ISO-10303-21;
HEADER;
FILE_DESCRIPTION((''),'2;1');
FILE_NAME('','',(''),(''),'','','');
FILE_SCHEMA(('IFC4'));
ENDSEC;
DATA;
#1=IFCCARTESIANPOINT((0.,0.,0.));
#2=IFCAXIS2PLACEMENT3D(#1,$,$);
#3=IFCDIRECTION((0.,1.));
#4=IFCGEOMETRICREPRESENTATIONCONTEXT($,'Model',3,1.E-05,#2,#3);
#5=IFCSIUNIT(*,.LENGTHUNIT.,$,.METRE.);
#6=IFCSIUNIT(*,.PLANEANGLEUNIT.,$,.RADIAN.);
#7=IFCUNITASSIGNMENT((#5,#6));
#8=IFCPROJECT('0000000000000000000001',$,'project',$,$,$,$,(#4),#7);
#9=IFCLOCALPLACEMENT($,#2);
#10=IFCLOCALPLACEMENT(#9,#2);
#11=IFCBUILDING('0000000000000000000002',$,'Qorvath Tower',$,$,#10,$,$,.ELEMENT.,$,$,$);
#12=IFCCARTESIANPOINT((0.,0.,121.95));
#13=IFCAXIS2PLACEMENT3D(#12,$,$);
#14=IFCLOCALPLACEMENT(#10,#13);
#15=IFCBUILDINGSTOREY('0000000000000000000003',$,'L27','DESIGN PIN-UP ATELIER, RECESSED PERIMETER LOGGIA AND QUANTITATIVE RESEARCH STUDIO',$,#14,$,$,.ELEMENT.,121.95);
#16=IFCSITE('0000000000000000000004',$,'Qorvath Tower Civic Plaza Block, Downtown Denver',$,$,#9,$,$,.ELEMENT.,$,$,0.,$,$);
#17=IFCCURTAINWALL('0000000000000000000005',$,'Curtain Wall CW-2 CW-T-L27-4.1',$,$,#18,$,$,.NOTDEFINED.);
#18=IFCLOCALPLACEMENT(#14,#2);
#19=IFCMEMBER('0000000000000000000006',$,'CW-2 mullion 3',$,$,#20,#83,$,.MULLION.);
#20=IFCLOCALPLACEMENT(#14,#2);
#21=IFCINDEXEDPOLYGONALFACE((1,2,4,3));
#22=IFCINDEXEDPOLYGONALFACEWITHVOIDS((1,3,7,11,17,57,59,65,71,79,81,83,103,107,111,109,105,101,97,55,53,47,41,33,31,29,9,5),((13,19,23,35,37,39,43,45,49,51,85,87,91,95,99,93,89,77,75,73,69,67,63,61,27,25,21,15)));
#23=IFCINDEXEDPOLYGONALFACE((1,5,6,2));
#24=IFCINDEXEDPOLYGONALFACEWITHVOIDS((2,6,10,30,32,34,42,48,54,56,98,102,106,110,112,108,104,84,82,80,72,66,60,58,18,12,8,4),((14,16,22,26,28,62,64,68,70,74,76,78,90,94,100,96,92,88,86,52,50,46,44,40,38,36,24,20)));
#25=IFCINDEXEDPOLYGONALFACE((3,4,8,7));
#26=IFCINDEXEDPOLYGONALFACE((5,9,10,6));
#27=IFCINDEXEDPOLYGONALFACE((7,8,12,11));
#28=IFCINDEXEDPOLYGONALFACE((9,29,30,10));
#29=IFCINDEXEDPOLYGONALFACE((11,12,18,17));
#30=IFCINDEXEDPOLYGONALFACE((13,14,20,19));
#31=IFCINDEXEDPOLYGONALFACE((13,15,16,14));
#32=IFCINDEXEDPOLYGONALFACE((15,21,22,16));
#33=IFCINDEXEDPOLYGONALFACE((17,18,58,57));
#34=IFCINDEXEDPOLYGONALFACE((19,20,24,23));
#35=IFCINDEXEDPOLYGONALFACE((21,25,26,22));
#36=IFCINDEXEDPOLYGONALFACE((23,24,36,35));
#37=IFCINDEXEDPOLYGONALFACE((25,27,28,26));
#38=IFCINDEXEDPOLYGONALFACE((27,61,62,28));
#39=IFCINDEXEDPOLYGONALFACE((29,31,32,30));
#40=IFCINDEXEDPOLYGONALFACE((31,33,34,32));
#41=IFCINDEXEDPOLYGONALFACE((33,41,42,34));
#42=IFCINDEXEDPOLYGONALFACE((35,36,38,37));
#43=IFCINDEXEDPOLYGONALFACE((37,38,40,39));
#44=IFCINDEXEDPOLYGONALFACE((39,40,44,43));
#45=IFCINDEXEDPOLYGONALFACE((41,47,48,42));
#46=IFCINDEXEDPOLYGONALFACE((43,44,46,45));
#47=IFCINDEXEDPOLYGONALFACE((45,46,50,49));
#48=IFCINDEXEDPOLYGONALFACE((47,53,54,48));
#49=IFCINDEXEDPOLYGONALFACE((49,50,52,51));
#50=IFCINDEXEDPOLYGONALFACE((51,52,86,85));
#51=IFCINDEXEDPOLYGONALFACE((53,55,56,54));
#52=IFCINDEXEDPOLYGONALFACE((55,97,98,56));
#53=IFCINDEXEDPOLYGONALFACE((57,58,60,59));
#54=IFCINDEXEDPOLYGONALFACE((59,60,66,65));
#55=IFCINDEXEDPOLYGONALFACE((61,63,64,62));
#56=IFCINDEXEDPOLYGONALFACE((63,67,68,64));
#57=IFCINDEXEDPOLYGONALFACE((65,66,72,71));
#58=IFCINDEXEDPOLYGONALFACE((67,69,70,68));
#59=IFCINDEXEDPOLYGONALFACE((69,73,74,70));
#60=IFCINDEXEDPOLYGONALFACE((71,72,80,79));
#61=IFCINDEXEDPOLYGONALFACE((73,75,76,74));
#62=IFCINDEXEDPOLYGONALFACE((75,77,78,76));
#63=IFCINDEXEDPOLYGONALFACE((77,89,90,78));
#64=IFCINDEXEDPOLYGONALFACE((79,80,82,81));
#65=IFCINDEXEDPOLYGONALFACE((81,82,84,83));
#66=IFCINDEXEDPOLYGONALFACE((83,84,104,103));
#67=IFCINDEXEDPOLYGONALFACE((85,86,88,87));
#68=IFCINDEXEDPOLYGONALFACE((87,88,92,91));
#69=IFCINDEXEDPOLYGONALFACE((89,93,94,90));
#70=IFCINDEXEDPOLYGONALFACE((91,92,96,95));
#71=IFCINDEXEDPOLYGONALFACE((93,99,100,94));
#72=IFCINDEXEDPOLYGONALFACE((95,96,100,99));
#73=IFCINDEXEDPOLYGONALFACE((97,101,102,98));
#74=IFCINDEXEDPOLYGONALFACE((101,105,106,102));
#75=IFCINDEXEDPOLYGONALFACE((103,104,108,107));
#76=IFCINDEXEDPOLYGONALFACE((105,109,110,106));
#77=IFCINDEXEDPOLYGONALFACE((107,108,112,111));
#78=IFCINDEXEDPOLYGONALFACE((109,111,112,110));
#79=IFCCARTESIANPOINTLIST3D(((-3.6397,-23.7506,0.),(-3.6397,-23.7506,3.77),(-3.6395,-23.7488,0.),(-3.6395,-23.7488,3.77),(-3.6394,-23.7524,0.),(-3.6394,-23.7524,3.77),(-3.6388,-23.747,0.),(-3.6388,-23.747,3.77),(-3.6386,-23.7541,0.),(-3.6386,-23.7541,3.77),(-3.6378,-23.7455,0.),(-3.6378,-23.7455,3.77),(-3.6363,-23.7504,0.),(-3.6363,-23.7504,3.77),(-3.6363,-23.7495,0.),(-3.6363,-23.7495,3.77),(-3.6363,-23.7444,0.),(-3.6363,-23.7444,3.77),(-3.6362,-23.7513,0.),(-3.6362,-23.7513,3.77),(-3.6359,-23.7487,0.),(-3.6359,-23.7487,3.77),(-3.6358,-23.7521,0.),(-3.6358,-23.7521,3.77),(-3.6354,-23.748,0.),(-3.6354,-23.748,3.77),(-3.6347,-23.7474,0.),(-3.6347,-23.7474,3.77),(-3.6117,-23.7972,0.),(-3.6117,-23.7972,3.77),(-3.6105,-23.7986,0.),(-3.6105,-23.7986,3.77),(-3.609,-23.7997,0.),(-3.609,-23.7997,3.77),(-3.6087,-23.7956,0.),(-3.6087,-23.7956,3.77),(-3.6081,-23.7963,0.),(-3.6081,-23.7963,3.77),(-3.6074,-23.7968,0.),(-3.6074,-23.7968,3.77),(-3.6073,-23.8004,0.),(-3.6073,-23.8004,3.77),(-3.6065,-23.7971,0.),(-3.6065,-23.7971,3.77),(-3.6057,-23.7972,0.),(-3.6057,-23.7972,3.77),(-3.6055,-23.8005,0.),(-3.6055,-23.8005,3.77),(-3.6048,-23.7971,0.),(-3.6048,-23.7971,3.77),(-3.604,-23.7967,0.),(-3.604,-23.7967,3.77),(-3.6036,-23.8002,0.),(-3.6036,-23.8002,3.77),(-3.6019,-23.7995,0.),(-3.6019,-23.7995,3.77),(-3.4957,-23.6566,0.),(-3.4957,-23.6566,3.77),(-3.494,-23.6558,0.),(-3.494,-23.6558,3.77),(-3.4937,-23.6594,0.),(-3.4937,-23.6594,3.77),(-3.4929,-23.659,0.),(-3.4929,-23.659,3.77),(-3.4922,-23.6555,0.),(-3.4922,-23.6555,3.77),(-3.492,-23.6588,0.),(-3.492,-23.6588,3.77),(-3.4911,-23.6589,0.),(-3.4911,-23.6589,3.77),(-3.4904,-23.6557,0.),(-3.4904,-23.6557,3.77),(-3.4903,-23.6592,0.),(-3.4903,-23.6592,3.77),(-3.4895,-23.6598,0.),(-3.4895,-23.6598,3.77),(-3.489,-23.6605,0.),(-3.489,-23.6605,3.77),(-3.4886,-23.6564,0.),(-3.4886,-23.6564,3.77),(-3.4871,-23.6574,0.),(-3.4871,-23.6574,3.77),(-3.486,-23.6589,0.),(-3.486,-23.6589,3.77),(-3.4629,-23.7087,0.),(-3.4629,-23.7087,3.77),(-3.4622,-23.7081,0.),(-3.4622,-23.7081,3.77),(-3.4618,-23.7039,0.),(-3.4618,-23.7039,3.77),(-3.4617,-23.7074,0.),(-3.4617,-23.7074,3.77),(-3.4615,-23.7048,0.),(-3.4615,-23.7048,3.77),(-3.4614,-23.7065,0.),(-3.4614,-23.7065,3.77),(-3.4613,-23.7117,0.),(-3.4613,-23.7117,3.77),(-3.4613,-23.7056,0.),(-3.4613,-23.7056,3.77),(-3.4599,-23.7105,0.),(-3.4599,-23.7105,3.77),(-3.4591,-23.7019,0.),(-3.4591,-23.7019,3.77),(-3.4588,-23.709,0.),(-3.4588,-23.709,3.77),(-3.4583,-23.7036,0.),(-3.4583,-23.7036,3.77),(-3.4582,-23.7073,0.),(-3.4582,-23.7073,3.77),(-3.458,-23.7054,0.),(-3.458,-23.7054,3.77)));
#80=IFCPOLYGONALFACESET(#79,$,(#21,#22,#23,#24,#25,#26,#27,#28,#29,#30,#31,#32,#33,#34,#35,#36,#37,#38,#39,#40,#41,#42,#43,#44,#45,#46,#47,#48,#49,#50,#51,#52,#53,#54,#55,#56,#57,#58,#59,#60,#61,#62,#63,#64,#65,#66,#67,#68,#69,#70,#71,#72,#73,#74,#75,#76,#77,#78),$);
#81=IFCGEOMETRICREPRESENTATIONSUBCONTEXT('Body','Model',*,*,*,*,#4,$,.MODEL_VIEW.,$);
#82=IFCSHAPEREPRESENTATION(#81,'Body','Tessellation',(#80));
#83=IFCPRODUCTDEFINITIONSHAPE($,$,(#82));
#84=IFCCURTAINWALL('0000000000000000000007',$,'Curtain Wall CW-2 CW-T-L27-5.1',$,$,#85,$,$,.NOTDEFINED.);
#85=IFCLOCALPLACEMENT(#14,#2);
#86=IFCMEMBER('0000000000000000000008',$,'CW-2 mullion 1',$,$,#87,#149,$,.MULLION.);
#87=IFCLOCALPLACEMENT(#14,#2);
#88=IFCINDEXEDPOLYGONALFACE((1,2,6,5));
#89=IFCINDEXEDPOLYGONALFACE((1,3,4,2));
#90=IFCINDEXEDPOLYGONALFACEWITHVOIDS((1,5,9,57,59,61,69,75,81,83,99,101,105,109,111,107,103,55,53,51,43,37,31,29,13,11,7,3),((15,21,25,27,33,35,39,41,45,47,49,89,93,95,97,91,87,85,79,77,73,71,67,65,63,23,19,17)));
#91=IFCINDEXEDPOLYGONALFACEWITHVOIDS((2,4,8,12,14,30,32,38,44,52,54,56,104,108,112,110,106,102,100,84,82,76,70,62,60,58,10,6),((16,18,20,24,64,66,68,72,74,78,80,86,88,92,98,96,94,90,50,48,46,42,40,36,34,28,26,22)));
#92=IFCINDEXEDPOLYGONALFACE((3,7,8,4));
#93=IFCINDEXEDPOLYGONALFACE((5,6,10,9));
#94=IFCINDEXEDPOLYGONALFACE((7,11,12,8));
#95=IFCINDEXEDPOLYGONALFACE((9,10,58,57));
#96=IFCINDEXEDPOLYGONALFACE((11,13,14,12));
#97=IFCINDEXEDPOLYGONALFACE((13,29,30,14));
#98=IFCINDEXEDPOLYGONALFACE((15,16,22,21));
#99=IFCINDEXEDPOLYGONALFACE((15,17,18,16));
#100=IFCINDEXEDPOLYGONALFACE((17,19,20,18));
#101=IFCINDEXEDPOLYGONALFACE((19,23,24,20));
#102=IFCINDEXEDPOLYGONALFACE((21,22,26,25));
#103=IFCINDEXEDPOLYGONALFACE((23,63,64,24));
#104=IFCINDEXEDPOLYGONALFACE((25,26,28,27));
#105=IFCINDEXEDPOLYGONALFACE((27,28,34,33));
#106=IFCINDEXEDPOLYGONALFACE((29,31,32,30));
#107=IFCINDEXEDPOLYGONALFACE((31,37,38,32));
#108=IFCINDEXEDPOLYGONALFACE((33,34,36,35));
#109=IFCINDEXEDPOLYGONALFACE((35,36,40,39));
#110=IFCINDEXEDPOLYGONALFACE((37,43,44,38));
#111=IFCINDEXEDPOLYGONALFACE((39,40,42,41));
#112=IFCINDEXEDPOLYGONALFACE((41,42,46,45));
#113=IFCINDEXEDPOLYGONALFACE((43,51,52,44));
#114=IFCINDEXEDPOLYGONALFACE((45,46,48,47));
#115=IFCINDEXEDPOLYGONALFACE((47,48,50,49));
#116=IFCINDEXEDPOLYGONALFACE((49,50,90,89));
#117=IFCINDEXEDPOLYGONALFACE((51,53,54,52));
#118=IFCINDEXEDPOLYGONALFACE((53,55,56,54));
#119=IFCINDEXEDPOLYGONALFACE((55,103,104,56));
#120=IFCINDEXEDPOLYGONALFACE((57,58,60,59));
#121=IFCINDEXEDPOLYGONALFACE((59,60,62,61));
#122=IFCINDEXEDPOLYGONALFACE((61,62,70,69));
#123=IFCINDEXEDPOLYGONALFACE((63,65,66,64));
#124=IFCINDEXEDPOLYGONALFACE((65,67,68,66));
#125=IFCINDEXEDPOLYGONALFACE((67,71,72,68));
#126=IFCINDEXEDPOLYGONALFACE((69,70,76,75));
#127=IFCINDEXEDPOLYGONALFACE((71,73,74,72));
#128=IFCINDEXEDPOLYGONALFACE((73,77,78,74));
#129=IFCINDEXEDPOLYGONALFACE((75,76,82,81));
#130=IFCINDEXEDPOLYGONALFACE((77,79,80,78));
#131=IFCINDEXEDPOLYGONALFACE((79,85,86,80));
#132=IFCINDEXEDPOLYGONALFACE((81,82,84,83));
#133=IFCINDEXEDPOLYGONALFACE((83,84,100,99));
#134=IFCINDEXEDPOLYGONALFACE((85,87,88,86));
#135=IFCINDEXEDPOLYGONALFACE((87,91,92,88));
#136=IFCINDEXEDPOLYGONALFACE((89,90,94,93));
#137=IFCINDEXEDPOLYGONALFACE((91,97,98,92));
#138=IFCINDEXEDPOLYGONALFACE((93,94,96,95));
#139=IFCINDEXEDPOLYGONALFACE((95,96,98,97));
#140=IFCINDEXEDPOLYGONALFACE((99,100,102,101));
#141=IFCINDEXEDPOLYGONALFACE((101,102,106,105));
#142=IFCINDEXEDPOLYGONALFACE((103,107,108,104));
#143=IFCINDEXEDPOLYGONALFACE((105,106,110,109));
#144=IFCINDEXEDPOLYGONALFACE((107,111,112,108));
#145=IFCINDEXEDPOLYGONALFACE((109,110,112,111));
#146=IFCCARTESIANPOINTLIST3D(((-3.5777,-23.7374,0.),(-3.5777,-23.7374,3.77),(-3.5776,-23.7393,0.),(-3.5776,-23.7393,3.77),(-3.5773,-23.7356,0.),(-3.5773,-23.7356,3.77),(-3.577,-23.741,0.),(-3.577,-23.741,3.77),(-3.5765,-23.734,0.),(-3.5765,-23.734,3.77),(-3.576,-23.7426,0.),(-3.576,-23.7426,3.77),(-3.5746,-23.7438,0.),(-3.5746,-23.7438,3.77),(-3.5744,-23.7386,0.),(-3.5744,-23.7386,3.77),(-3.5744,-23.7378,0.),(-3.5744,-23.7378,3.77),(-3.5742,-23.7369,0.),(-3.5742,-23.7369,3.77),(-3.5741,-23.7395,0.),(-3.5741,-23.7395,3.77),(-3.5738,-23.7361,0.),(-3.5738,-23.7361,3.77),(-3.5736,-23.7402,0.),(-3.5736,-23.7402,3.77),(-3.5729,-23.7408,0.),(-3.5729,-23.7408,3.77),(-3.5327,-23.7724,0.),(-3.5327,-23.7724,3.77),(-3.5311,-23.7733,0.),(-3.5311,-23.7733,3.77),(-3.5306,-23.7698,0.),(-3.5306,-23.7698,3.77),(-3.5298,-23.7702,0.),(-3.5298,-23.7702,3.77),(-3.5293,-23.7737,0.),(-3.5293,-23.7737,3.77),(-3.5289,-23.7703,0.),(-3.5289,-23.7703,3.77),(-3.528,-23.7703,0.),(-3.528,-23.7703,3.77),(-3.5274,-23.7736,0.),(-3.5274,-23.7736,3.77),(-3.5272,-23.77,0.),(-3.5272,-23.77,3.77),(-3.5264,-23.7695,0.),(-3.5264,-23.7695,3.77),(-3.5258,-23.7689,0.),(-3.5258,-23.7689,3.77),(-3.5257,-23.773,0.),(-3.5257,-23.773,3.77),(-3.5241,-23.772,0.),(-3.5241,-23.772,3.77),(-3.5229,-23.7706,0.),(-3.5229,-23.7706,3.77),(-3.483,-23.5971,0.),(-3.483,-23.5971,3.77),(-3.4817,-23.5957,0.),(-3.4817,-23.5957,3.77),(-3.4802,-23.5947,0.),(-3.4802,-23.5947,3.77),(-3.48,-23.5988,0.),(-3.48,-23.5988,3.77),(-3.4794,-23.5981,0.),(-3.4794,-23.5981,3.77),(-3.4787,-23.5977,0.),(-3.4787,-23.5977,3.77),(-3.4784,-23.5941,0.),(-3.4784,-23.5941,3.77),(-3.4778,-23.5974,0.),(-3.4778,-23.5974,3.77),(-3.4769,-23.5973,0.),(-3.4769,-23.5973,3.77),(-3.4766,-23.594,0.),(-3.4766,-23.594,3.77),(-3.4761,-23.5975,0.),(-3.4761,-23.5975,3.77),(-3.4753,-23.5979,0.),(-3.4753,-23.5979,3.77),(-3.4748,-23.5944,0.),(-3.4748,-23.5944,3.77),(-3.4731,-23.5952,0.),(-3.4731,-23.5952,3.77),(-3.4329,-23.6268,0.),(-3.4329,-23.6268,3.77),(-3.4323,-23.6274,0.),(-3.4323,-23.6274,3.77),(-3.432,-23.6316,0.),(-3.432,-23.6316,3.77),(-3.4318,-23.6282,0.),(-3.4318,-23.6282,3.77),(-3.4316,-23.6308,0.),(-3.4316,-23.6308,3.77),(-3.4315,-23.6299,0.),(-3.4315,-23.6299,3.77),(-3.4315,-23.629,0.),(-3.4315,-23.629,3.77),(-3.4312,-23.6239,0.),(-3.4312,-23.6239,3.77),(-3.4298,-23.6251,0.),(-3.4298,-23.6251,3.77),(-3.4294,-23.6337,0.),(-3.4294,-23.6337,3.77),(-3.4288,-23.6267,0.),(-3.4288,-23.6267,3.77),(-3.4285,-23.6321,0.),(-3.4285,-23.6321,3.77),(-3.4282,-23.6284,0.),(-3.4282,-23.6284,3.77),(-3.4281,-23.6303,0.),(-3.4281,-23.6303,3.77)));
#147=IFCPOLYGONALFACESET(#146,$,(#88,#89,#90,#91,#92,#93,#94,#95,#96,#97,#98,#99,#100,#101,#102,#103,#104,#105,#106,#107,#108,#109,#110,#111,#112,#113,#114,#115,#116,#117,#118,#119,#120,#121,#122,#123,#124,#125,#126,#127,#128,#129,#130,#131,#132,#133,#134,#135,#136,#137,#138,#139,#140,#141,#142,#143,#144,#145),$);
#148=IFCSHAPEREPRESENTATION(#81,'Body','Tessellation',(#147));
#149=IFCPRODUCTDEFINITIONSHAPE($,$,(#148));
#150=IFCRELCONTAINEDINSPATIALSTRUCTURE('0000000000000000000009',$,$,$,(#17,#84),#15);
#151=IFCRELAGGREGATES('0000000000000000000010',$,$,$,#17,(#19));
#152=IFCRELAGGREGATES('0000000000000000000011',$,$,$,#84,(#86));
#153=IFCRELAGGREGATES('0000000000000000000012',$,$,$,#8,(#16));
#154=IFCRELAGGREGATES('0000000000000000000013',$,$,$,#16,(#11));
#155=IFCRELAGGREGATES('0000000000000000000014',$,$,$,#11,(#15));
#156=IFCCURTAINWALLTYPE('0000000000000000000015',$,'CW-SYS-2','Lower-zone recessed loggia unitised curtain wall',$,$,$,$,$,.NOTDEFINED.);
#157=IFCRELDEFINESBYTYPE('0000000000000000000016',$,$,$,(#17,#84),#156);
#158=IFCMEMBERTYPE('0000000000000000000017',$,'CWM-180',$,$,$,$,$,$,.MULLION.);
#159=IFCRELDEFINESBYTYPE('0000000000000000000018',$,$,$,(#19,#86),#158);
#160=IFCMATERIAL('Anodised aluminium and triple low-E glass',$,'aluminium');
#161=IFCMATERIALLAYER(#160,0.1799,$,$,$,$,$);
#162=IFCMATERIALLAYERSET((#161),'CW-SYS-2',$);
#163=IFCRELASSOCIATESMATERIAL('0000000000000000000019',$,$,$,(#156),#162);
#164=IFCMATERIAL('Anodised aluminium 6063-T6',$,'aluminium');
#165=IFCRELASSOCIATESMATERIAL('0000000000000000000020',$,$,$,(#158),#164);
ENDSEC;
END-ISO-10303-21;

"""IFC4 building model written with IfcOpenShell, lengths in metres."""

from ifc_helpers import new_model, si_unit, direction, frame, origin, origin_2d, place, context, subcontext, project, spatial, hollow_rectangle, extrude, material, layer, layer_set, material_profile, profile_set, type_object, element, aggregate, save


model = new_model("IFC4")

# Units and contexts
model_context = context("Model", 3, precision=1e-05, world=origin(), true_north=direction((0.0, 1.0)))
body_context = subcontext(model_context, "Body", "Model", "MODEL_VIEW")
ifc_project = project(units=[si_unit("LENGTHUNIT", "METRE"), si_unit("PLANEANGLEUNIT", "RADIAN")], contexts=[model_context])

# Site, building, storey
site_placement = place(None, origin())
site = spatial("IfcSite", under=ifc_project, at=site_placement, Name="Qorvath Tower Civic Plaza Block, Downtown Denver", CompositionType="ELEMENT", RefElevation=0.0)
building_placement = place(site_placement, origin())
building = spatial("IfcBuilding", under=site, at=building_placement, Name="Qorvath Tower", CompositionType="ELEMENT")
storey_placement = place(building_placement, frame((0.0, 0.0, 121.95)))
storey = spatial("IfcBuildingStorey", under=building, at=storey_placement, Name="L27", Description="DESIGN PIN-UP ATELIER, RECESSED PERIMETER LOGGIA AND QUANTITATIVE RESEARCH STUDIO", CompositionType="ELEMENT", Elevation=121.95)

# Curtain wall, member
ifc_material_1 = material(Name="Anodised aluminium and triple low-E glass", Category="aluminium")
ifc_layer_1 = layer(ifc_material_1, 0.1799)
ifc_layer_set_1 = layer_set([ifc_layer_1], Name="CW-SYS-2")
curtain_wall_type = type_object("IfcCurtainWallType", Name="CW-SYS-2", Description="Lower-zone recessed loggia unitised curtain wall", PredefinedType="NOTDEFINED", material=ifc_layer_set_1)
curtain_wall_1_placement = place(storey_placement, origin())
curtain_wall_1 = element("IfcCurtainWall", 1, at=curtain_wall_1_placement, inside=storey, type_object=curtain_wall_type, Name="Curtain Wall CW-2 CW-T-L27-4.1", PredefinedType="NOTDEFINED")
ifc_material_2 = material(Name="Anodised aluminium 6063-T6", Category="aluminium")
ifc_material_profile_1 = material_profile(ifc_material_2, hollow_rectangle(XDim=0.0649, YDim=0.1799, WallThickness=0.0034, InnerFilletRadius=0.0034, OuterFilletRadius=0.0071, at=origin_2d()), Name="CWM 180x65")
ifc_profile_set_1 = profile_set([ifc_material_profile_1], Name="Anodised aluminium 6063-T6")
member_type_1 = type_object("IfcMemberType", Name="CWM-180", PredefinedType="MULLION", material=ifc_profile_set_1)
member_1_placement = place(storey_placement, frame((-3.5488, -23.728, 0.0), z_axis=(0.0, 0.0, 1.0), x_axis=(-0.529503, 0.848308, 0.0)))
member_1 = element("IfcMember", 2, at=member_1_placement, type_object=member_type_1, Name="CW-2 mullion 3", PredefinedType="MULLION", context=body_context, shape_type="SweptSolid", body=[
    extrude(hollow_rectangle(XDim=0.0649, YDim=0.1799, WallThickness=0.0034, InnerFilletRadius=0.0034, OuterFilletRadius=0.0071, at=origin_2d()), origin(), (0.0, 0.0, 1.0), 3.77),
])

# Curtain wall, member
curtain_wall_2_placement = place(storey_placement, origin())
curtain_wall_2 = element("IfcCurtainWall", 3, at=curtain_wall_2_placement, inside=storey, type_object=curtain_wall_type, Name="Curtain Wall CW-2 CW-T-L27-5.1", PredefinedType="NOTDEFINED")
member_2_placement = place(storey_placement, frame((-3.5029, -23.6838, 0.0), z_axis=(0.0, 0.0, 1.0), x_axis=(-0.825663, 0.564164, 0.0)))
member_2 = element("IfcMember", 4, at=member_2_placement, type_object=member_type_1, Name="CW-2 mullion 1", PredefinedType="MULLION", context=body_context, shape_type="SweptSolid", body=[
    extrude(hollow_rectangle(XDim=0.0649, YDim=0.1799, WallThickness=0.0034, InnerFilletRadius=0.0034, OuterFilletRadius=0.0071, at=origin_2d()), origin(), (0.0, 0.0, 1.0), 3.77),
])

aggregate(curtain_wall_1, [member_1])
aggregate(curtain_wall_2, [member_2])

save(model, "model.ifc")
